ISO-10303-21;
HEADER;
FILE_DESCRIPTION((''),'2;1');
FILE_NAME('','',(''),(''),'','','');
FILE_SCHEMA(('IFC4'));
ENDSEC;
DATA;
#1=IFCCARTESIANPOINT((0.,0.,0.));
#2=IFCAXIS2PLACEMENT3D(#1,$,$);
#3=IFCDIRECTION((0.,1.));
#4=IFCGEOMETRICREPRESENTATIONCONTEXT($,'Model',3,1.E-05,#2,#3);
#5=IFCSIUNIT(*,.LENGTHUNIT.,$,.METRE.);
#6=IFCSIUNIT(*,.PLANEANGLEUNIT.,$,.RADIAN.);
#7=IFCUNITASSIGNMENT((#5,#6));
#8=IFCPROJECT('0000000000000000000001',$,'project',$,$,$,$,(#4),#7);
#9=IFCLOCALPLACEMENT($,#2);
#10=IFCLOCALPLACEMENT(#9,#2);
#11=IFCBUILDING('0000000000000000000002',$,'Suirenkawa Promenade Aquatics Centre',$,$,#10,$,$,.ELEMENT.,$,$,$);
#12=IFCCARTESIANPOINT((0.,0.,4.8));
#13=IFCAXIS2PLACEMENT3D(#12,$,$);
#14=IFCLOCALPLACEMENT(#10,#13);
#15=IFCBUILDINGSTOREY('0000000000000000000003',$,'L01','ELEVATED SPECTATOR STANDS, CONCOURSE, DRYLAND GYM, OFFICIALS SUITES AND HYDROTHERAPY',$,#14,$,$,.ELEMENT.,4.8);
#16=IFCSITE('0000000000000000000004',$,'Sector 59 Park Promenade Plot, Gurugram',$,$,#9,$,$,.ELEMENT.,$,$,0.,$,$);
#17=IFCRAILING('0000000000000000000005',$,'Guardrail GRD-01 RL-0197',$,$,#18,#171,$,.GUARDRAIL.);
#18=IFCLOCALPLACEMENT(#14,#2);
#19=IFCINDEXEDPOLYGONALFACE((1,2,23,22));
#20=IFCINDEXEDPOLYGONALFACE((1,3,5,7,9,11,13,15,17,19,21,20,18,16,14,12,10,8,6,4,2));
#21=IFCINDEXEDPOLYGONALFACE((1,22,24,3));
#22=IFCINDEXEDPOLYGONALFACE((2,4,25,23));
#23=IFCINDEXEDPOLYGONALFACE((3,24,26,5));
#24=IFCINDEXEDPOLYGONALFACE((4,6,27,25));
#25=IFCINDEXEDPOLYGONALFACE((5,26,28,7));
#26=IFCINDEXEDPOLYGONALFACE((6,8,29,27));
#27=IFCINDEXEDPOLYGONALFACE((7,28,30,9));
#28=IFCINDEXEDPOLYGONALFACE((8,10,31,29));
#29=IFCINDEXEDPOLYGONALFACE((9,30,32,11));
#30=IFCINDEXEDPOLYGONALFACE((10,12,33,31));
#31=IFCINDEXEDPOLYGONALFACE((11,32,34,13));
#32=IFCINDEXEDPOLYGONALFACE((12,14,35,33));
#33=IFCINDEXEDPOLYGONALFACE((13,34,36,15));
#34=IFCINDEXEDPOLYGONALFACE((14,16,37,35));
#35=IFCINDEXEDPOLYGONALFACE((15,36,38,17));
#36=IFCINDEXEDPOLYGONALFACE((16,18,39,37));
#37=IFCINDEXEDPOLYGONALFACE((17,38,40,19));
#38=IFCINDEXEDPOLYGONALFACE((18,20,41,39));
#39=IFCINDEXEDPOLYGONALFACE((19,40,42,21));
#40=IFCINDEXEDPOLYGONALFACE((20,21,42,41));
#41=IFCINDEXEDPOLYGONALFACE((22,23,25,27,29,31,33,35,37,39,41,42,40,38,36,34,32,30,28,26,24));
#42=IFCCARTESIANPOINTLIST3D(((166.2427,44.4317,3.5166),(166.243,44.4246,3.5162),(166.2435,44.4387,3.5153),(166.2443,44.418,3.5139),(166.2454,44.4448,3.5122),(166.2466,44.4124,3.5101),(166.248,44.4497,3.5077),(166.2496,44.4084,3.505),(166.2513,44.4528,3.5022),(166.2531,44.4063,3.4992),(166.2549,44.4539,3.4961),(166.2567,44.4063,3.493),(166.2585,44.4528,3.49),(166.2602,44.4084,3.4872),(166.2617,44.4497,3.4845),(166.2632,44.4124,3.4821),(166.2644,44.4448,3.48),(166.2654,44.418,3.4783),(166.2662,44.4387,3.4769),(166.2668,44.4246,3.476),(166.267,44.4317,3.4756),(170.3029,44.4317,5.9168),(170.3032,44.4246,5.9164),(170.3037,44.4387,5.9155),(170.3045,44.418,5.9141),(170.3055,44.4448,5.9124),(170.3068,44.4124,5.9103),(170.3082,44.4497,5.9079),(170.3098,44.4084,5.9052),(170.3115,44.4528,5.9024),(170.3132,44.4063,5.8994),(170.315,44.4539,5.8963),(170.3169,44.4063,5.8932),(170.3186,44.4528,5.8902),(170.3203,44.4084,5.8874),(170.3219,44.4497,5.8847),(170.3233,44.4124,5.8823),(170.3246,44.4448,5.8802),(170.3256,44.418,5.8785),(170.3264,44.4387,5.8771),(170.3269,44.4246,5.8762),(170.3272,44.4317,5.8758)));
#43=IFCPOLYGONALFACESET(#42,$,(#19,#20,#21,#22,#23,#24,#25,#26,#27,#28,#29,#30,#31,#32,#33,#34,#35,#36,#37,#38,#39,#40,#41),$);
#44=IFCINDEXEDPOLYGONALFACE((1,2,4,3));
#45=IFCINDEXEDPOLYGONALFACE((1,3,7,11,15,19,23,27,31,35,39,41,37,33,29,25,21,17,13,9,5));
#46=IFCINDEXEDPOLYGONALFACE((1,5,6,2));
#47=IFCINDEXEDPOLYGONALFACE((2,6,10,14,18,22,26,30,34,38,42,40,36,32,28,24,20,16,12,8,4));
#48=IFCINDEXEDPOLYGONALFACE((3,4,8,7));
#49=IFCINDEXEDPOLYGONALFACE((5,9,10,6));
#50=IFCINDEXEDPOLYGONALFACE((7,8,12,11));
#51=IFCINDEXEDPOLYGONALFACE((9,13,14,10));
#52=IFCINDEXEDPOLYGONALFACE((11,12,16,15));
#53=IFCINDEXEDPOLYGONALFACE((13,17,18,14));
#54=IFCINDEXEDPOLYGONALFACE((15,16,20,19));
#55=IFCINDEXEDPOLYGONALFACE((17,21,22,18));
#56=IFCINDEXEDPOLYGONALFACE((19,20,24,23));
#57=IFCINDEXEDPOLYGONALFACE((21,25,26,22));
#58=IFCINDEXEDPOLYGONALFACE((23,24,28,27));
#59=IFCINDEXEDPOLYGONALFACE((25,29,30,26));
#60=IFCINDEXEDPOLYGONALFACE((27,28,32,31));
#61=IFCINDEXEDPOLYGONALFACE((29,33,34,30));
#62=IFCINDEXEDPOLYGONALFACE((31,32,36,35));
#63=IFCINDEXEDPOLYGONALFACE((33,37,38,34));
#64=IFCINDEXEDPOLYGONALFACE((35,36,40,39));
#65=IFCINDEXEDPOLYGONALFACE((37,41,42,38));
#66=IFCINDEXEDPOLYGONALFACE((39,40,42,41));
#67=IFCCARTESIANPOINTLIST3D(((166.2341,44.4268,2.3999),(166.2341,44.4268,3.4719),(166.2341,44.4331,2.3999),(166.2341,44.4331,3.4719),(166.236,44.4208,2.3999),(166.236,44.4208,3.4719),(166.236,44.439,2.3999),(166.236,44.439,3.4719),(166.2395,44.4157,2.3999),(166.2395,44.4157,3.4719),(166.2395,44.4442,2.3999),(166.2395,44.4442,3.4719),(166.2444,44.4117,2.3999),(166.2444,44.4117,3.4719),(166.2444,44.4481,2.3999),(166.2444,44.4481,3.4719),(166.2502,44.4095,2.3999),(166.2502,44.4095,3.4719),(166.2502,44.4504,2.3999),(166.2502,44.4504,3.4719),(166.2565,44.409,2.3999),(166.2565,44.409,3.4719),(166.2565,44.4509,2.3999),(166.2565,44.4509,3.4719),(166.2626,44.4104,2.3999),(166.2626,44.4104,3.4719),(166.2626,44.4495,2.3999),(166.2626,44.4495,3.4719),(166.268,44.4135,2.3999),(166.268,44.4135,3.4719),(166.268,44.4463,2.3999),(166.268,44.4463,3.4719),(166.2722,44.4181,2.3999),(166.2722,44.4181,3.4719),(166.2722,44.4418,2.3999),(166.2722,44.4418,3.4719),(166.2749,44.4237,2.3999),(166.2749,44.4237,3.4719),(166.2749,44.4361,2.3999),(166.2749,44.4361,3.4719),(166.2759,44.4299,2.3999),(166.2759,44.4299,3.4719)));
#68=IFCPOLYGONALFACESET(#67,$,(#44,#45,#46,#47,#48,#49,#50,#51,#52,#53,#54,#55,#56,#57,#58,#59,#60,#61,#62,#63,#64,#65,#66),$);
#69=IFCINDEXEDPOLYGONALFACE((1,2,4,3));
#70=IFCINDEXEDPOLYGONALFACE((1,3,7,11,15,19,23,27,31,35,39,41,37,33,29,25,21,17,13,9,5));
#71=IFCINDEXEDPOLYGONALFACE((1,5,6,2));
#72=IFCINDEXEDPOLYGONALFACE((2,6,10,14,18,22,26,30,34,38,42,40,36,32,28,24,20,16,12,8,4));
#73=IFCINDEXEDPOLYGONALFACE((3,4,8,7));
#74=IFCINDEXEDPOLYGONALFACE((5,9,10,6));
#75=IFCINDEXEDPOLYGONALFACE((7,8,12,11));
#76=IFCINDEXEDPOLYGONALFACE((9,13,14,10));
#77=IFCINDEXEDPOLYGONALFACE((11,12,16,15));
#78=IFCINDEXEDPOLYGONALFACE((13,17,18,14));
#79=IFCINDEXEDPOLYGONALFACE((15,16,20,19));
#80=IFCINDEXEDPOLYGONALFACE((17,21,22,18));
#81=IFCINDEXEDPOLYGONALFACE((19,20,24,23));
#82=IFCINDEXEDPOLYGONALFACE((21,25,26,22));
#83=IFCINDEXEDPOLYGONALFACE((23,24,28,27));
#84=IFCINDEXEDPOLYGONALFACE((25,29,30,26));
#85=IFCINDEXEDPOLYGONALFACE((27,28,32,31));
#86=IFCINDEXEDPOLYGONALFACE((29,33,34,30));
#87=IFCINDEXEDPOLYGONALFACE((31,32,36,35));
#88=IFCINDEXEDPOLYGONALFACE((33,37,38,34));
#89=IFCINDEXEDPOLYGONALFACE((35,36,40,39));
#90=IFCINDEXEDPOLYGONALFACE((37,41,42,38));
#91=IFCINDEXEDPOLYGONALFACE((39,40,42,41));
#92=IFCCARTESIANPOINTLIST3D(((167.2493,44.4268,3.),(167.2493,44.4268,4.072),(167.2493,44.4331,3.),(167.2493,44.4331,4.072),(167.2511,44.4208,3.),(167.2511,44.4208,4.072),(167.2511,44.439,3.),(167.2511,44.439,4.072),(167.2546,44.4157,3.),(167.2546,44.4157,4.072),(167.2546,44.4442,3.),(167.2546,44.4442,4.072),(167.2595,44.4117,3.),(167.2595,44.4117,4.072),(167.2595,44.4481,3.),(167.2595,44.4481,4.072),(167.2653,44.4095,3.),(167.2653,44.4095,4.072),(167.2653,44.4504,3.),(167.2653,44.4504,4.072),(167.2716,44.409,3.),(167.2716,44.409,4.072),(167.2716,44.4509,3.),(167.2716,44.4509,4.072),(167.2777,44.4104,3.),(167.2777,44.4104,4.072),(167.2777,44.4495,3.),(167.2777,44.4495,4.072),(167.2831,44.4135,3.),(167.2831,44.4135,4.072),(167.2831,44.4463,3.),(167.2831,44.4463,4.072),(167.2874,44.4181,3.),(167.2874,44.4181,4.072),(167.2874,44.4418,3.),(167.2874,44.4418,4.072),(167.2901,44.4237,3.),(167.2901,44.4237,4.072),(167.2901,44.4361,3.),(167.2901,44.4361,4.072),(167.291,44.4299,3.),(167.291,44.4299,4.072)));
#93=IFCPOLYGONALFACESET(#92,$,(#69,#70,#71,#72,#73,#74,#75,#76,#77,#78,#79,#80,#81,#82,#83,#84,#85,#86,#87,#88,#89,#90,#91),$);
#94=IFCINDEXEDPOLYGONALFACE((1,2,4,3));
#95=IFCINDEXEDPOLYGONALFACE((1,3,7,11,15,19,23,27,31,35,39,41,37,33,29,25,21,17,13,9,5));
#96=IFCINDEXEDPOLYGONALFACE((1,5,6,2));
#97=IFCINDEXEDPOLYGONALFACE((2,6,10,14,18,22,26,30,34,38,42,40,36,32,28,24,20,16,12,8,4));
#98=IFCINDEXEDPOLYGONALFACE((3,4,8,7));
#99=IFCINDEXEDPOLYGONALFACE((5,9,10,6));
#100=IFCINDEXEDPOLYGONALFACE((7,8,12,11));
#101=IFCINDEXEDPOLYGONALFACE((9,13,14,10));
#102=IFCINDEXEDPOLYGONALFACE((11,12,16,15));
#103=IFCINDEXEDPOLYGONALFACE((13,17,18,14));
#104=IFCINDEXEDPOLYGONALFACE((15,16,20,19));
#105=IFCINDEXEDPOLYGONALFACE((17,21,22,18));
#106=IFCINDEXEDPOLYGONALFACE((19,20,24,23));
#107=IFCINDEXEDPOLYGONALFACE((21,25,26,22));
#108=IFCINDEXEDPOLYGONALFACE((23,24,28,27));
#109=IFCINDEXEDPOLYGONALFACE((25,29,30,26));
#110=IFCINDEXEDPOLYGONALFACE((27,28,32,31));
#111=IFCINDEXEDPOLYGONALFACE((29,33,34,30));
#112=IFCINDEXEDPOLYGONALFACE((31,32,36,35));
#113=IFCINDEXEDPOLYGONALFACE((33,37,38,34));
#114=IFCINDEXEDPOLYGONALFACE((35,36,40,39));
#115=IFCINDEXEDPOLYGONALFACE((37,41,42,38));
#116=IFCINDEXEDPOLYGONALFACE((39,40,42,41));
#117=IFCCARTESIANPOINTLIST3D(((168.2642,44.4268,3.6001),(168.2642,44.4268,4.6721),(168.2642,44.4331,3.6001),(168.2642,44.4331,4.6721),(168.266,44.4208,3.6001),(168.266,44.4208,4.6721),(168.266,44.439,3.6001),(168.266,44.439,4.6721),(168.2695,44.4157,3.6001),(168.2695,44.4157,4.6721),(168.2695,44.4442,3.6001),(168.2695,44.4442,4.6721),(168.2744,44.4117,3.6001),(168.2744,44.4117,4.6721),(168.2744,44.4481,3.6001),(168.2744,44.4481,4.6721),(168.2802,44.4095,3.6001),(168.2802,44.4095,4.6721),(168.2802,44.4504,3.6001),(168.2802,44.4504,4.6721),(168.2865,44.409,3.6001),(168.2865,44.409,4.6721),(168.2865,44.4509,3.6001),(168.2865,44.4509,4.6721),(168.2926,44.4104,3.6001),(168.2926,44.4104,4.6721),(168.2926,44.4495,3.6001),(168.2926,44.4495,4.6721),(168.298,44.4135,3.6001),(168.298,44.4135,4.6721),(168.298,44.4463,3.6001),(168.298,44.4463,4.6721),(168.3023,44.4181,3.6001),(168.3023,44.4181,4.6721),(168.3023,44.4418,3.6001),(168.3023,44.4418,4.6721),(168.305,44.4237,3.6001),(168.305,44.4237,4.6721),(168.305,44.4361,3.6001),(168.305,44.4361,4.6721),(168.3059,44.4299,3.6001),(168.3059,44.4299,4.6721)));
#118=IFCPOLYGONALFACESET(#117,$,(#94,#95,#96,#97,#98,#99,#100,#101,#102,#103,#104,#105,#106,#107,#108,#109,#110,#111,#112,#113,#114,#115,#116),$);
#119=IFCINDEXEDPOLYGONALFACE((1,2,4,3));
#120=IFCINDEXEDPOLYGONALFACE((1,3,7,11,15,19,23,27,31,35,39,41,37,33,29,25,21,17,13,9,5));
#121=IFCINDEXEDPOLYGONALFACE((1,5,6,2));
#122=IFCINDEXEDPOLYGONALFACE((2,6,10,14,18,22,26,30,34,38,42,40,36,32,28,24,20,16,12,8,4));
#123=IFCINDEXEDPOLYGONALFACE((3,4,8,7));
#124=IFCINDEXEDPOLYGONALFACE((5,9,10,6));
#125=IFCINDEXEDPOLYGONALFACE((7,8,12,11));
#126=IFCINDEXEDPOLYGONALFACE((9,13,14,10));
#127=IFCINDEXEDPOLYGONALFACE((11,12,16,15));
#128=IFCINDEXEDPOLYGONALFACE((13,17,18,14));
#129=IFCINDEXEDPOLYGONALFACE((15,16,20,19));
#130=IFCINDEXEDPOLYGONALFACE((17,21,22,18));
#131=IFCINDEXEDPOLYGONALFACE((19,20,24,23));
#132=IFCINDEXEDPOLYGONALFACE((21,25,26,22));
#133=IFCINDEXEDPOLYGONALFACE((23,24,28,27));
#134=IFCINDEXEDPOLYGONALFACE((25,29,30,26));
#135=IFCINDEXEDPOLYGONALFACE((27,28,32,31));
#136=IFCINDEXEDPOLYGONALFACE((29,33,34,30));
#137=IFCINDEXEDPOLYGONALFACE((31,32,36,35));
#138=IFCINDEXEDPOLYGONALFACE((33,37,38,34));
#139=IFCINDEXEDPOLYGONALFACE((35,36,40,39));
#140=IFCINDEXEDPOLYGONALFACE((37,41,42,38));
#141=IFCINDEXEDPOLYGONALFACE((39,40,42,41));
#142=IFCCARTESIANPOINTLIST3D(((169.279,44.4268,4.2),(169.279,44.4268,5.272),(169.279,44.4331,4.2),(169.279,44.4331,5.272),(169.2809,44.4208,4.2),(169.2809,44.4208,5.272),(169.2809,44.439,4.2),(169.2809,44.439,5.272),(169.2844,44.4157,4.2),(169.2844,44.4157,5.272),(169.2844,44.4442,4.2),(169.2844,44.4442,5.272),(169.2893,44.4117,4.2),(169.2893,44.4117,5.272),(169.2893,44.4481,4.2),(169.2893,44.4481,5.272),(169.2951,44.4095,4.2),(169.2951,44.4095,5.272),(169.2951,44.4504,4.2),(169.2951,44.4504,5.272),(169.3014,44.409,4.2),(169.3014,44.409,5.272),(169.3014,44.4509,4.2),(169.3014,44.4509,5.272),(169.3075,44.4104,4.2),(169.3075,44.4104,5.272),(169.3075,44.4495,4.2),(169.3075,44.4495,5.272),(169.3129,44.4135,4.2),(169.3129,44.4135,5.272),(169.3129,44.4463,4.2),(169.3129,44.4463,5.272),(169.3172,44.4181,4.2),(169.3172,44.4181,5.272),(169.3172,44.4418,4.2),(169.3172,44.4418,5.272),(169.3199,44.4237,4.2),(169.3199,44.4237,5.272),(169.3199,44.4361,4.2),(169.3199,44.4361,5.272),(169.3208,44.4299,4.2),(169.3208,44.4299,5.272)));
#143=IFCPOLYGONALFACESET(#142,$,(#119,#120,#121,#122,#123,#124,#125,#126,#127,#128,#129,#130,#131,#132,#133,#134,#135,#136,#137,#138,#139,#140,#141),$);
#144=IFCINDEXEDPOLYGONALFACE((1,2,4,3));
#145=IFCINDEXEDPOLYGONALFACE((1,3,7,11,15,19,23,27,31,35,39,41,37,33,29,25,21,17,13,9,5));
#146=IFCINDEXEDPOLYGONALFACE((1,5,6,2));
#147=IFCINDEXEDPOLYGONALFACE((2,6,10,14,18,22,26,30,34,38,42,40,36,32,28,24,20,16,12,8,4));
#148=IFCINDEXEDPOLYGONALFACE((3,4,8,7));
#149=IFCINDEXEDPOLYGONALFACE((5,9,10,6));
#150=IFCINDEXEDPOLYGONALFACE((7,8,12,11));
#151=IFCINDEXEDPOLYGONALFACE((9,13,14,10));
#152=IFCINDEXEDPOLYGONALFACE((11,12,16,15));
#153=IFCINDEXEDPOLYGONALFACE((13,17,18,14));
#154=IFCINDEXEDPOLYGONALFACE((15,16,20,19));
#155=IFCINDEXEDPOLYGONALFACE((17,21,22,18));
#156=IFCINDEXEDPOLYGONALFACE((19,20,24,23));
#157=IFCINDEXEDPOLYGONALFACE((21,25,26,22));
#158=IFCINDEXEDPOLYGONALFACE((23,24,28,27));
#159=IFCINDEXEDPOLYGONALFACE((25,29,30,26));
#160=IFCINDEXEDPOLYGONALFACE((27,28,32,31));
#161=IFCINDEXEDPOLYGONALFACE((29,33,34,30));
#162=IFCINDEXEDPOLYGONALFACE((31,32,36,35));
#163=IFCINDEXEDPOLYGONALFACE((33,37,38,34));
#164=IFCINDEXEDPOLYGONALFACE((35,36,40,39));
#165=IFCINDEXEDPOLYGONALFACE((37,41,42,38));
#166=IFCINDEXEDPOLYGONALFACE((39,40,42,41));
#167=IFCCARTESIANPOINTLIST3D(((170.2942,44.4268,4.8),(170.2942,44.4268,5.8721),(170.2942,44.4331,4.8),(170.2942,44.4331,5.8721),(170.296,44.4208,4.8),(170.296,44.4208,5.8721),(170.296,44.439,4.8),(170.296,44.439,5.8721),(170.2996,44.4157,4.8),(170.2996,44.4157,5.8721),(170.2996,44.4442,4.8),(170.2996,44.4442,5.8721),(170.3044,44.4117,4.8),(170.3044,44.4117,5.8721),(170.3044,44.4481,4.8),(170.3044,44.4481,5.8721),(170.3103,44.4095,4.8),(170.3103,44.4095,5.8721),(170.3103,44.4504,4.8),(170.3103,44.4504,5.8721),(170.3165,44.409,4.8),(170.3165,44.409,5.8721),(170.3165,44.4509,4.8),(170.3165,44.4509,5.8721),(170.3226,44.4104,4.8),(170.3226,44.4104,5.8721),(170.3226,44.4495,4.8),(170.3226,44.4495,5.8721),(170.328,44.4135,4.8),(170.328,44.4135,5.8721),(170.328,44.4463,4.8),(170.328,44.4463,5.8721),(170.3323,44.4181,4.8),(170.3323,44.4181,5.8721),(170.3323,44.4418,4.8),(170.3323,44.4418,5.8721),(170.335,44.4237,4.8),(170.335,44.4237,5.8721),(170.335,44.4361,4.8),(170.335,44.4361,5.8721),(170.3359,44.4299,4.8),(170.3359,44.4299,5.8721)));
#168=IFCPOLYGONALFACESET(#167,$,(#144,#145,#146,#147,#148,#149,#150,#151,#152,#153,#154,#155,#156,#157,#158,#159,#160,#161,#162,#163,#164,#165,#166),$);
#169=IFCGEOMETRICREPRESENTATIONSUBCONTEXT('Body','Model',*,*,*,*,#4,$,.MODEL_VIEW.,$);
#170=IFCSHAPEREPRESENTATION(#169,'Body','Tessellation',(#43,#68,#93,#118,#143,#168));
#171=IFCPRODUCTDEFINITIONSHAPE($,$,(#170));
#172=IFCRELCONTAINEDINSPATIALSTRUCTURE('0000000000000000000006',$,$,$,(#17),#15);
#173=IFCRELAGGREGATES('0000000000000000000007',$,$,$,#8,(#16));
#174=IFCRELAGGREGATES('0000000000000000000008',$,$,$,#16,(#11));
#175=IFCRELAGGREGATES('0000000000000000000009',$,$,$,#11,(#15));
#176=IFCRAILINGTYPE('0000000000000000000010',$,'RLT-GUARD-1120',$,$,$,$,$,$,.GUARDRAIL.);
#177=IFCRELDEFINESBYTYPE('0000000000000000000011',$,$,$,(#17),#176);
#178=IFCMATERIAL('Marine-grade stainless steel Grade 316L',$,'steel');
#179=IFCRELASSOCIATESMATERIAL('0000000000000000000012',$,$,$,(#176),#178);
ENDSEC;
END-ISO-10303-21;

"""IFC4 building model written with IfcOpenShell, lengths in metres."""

from ifc_helpers import new_model, si_unit, direction, frame, origin, origin_2d, place, context, subcontext, project, spatial, circle, extrude, material, type_object, element, save


model = new_model("IFC4")

# Units and contexts
model_context = context("Model", 3, precision=1e-05, world=origin(), true_north=direction((0.0, 1.0)))
body_context = subcontext(model_context, "Body", "Model", "MODEL_VIEW")
ifc_project = project(units=[si_unit("LENGTHUNIT", "METRE"), si_unit("PLANEANGLEUNIT", "RADIAN")], contexts=[model_context])

# Site, building, storey
site_placement = place(None, origin())
site = spatial("IfcSite", under=ifc_project, at=site_placement, Name="Sector 59 Park Promenade Plot, Gurugram", CompositionType="ELEMENT", RefElevation=0.0)
building_placement = place(site_placement, origin())
building = spatial("IfcBuilding", under=site, at=building_placement, Name="Suirenkawa Promenade Aquatics Centre", CompositionType="ELEMENT")
storey_placement = place(building_placement, frame((0.0, 0.0, 4.8)))
storey = spatial("IfcBuildingStorey", under=building, at=storey_placement, Name="L01", Description="ELEVATED SPECTATOR STANDS, CONCOURSE, DRYLAND GYM, OFFICIALS SUITES AND HYDROTHERAPY", CompositionType="ELEMENT", Elevation=4.8)

# Railing
ifc_material_1 = material(Name="Marine-grade stainless steel Grade 316L", Category="steel")
railing_type_1 = type_object("IfcRailingType", Name="RLT-GUARD-1120", PredefinedType="GUARDRAIL", material=ifc_material_1)
for number, where, name in (
    (1, (166.2549, 44.4299, 2.3999), "Guardrail GRD-01 RL-0197"),
):
    element("IfcRailing", number, at=place(storey_placement, frame(where)), inside=storey, type_object=railing_type_1, Name=name, PredefinedType="GUARDRAIL", context=body_context, shape_type="SweptSolid", body=[
        extrude(circle(Radius=0.0239, at=origin_2d()), frame((0.0, 0.0, 1.0962), z_axis=(0.860832, 0.0, 0.50889), x_axis=(0.0, 1.0, 0.0)), (0.0, 0.0, 1.0), 4.7166),
        extrude(circle(Radius=0.021, at=origin_2d()), origin(), (0.0, 0.0, 1.0), 1.072),
        extrude(circle(Radius=0.021, at=origin_2d()), frame((1.0151, 0.0, 0.6001)), (0.0, 0.0, 1.0), 1.072),
        extrude(circle(Radius=0.021, at=origin_2d()), frame((2.03, 0.0, 1.2002)), (0.0, 0.0, 1.0), 1.072),
        extrude(circle(Radius=0.021, at=origin_2d()), frame((3.0449, 0.0, 1.8)), (0.0, 0.0, 1.0), 1.072),
        extrude(circle(Radius=0.021, at=origin_2d()), frame((4.0601, 0.0, 2.4001)), (0.0, 0.0, 1.0), 1.072),
    ])

save(model, "model.ifc")
